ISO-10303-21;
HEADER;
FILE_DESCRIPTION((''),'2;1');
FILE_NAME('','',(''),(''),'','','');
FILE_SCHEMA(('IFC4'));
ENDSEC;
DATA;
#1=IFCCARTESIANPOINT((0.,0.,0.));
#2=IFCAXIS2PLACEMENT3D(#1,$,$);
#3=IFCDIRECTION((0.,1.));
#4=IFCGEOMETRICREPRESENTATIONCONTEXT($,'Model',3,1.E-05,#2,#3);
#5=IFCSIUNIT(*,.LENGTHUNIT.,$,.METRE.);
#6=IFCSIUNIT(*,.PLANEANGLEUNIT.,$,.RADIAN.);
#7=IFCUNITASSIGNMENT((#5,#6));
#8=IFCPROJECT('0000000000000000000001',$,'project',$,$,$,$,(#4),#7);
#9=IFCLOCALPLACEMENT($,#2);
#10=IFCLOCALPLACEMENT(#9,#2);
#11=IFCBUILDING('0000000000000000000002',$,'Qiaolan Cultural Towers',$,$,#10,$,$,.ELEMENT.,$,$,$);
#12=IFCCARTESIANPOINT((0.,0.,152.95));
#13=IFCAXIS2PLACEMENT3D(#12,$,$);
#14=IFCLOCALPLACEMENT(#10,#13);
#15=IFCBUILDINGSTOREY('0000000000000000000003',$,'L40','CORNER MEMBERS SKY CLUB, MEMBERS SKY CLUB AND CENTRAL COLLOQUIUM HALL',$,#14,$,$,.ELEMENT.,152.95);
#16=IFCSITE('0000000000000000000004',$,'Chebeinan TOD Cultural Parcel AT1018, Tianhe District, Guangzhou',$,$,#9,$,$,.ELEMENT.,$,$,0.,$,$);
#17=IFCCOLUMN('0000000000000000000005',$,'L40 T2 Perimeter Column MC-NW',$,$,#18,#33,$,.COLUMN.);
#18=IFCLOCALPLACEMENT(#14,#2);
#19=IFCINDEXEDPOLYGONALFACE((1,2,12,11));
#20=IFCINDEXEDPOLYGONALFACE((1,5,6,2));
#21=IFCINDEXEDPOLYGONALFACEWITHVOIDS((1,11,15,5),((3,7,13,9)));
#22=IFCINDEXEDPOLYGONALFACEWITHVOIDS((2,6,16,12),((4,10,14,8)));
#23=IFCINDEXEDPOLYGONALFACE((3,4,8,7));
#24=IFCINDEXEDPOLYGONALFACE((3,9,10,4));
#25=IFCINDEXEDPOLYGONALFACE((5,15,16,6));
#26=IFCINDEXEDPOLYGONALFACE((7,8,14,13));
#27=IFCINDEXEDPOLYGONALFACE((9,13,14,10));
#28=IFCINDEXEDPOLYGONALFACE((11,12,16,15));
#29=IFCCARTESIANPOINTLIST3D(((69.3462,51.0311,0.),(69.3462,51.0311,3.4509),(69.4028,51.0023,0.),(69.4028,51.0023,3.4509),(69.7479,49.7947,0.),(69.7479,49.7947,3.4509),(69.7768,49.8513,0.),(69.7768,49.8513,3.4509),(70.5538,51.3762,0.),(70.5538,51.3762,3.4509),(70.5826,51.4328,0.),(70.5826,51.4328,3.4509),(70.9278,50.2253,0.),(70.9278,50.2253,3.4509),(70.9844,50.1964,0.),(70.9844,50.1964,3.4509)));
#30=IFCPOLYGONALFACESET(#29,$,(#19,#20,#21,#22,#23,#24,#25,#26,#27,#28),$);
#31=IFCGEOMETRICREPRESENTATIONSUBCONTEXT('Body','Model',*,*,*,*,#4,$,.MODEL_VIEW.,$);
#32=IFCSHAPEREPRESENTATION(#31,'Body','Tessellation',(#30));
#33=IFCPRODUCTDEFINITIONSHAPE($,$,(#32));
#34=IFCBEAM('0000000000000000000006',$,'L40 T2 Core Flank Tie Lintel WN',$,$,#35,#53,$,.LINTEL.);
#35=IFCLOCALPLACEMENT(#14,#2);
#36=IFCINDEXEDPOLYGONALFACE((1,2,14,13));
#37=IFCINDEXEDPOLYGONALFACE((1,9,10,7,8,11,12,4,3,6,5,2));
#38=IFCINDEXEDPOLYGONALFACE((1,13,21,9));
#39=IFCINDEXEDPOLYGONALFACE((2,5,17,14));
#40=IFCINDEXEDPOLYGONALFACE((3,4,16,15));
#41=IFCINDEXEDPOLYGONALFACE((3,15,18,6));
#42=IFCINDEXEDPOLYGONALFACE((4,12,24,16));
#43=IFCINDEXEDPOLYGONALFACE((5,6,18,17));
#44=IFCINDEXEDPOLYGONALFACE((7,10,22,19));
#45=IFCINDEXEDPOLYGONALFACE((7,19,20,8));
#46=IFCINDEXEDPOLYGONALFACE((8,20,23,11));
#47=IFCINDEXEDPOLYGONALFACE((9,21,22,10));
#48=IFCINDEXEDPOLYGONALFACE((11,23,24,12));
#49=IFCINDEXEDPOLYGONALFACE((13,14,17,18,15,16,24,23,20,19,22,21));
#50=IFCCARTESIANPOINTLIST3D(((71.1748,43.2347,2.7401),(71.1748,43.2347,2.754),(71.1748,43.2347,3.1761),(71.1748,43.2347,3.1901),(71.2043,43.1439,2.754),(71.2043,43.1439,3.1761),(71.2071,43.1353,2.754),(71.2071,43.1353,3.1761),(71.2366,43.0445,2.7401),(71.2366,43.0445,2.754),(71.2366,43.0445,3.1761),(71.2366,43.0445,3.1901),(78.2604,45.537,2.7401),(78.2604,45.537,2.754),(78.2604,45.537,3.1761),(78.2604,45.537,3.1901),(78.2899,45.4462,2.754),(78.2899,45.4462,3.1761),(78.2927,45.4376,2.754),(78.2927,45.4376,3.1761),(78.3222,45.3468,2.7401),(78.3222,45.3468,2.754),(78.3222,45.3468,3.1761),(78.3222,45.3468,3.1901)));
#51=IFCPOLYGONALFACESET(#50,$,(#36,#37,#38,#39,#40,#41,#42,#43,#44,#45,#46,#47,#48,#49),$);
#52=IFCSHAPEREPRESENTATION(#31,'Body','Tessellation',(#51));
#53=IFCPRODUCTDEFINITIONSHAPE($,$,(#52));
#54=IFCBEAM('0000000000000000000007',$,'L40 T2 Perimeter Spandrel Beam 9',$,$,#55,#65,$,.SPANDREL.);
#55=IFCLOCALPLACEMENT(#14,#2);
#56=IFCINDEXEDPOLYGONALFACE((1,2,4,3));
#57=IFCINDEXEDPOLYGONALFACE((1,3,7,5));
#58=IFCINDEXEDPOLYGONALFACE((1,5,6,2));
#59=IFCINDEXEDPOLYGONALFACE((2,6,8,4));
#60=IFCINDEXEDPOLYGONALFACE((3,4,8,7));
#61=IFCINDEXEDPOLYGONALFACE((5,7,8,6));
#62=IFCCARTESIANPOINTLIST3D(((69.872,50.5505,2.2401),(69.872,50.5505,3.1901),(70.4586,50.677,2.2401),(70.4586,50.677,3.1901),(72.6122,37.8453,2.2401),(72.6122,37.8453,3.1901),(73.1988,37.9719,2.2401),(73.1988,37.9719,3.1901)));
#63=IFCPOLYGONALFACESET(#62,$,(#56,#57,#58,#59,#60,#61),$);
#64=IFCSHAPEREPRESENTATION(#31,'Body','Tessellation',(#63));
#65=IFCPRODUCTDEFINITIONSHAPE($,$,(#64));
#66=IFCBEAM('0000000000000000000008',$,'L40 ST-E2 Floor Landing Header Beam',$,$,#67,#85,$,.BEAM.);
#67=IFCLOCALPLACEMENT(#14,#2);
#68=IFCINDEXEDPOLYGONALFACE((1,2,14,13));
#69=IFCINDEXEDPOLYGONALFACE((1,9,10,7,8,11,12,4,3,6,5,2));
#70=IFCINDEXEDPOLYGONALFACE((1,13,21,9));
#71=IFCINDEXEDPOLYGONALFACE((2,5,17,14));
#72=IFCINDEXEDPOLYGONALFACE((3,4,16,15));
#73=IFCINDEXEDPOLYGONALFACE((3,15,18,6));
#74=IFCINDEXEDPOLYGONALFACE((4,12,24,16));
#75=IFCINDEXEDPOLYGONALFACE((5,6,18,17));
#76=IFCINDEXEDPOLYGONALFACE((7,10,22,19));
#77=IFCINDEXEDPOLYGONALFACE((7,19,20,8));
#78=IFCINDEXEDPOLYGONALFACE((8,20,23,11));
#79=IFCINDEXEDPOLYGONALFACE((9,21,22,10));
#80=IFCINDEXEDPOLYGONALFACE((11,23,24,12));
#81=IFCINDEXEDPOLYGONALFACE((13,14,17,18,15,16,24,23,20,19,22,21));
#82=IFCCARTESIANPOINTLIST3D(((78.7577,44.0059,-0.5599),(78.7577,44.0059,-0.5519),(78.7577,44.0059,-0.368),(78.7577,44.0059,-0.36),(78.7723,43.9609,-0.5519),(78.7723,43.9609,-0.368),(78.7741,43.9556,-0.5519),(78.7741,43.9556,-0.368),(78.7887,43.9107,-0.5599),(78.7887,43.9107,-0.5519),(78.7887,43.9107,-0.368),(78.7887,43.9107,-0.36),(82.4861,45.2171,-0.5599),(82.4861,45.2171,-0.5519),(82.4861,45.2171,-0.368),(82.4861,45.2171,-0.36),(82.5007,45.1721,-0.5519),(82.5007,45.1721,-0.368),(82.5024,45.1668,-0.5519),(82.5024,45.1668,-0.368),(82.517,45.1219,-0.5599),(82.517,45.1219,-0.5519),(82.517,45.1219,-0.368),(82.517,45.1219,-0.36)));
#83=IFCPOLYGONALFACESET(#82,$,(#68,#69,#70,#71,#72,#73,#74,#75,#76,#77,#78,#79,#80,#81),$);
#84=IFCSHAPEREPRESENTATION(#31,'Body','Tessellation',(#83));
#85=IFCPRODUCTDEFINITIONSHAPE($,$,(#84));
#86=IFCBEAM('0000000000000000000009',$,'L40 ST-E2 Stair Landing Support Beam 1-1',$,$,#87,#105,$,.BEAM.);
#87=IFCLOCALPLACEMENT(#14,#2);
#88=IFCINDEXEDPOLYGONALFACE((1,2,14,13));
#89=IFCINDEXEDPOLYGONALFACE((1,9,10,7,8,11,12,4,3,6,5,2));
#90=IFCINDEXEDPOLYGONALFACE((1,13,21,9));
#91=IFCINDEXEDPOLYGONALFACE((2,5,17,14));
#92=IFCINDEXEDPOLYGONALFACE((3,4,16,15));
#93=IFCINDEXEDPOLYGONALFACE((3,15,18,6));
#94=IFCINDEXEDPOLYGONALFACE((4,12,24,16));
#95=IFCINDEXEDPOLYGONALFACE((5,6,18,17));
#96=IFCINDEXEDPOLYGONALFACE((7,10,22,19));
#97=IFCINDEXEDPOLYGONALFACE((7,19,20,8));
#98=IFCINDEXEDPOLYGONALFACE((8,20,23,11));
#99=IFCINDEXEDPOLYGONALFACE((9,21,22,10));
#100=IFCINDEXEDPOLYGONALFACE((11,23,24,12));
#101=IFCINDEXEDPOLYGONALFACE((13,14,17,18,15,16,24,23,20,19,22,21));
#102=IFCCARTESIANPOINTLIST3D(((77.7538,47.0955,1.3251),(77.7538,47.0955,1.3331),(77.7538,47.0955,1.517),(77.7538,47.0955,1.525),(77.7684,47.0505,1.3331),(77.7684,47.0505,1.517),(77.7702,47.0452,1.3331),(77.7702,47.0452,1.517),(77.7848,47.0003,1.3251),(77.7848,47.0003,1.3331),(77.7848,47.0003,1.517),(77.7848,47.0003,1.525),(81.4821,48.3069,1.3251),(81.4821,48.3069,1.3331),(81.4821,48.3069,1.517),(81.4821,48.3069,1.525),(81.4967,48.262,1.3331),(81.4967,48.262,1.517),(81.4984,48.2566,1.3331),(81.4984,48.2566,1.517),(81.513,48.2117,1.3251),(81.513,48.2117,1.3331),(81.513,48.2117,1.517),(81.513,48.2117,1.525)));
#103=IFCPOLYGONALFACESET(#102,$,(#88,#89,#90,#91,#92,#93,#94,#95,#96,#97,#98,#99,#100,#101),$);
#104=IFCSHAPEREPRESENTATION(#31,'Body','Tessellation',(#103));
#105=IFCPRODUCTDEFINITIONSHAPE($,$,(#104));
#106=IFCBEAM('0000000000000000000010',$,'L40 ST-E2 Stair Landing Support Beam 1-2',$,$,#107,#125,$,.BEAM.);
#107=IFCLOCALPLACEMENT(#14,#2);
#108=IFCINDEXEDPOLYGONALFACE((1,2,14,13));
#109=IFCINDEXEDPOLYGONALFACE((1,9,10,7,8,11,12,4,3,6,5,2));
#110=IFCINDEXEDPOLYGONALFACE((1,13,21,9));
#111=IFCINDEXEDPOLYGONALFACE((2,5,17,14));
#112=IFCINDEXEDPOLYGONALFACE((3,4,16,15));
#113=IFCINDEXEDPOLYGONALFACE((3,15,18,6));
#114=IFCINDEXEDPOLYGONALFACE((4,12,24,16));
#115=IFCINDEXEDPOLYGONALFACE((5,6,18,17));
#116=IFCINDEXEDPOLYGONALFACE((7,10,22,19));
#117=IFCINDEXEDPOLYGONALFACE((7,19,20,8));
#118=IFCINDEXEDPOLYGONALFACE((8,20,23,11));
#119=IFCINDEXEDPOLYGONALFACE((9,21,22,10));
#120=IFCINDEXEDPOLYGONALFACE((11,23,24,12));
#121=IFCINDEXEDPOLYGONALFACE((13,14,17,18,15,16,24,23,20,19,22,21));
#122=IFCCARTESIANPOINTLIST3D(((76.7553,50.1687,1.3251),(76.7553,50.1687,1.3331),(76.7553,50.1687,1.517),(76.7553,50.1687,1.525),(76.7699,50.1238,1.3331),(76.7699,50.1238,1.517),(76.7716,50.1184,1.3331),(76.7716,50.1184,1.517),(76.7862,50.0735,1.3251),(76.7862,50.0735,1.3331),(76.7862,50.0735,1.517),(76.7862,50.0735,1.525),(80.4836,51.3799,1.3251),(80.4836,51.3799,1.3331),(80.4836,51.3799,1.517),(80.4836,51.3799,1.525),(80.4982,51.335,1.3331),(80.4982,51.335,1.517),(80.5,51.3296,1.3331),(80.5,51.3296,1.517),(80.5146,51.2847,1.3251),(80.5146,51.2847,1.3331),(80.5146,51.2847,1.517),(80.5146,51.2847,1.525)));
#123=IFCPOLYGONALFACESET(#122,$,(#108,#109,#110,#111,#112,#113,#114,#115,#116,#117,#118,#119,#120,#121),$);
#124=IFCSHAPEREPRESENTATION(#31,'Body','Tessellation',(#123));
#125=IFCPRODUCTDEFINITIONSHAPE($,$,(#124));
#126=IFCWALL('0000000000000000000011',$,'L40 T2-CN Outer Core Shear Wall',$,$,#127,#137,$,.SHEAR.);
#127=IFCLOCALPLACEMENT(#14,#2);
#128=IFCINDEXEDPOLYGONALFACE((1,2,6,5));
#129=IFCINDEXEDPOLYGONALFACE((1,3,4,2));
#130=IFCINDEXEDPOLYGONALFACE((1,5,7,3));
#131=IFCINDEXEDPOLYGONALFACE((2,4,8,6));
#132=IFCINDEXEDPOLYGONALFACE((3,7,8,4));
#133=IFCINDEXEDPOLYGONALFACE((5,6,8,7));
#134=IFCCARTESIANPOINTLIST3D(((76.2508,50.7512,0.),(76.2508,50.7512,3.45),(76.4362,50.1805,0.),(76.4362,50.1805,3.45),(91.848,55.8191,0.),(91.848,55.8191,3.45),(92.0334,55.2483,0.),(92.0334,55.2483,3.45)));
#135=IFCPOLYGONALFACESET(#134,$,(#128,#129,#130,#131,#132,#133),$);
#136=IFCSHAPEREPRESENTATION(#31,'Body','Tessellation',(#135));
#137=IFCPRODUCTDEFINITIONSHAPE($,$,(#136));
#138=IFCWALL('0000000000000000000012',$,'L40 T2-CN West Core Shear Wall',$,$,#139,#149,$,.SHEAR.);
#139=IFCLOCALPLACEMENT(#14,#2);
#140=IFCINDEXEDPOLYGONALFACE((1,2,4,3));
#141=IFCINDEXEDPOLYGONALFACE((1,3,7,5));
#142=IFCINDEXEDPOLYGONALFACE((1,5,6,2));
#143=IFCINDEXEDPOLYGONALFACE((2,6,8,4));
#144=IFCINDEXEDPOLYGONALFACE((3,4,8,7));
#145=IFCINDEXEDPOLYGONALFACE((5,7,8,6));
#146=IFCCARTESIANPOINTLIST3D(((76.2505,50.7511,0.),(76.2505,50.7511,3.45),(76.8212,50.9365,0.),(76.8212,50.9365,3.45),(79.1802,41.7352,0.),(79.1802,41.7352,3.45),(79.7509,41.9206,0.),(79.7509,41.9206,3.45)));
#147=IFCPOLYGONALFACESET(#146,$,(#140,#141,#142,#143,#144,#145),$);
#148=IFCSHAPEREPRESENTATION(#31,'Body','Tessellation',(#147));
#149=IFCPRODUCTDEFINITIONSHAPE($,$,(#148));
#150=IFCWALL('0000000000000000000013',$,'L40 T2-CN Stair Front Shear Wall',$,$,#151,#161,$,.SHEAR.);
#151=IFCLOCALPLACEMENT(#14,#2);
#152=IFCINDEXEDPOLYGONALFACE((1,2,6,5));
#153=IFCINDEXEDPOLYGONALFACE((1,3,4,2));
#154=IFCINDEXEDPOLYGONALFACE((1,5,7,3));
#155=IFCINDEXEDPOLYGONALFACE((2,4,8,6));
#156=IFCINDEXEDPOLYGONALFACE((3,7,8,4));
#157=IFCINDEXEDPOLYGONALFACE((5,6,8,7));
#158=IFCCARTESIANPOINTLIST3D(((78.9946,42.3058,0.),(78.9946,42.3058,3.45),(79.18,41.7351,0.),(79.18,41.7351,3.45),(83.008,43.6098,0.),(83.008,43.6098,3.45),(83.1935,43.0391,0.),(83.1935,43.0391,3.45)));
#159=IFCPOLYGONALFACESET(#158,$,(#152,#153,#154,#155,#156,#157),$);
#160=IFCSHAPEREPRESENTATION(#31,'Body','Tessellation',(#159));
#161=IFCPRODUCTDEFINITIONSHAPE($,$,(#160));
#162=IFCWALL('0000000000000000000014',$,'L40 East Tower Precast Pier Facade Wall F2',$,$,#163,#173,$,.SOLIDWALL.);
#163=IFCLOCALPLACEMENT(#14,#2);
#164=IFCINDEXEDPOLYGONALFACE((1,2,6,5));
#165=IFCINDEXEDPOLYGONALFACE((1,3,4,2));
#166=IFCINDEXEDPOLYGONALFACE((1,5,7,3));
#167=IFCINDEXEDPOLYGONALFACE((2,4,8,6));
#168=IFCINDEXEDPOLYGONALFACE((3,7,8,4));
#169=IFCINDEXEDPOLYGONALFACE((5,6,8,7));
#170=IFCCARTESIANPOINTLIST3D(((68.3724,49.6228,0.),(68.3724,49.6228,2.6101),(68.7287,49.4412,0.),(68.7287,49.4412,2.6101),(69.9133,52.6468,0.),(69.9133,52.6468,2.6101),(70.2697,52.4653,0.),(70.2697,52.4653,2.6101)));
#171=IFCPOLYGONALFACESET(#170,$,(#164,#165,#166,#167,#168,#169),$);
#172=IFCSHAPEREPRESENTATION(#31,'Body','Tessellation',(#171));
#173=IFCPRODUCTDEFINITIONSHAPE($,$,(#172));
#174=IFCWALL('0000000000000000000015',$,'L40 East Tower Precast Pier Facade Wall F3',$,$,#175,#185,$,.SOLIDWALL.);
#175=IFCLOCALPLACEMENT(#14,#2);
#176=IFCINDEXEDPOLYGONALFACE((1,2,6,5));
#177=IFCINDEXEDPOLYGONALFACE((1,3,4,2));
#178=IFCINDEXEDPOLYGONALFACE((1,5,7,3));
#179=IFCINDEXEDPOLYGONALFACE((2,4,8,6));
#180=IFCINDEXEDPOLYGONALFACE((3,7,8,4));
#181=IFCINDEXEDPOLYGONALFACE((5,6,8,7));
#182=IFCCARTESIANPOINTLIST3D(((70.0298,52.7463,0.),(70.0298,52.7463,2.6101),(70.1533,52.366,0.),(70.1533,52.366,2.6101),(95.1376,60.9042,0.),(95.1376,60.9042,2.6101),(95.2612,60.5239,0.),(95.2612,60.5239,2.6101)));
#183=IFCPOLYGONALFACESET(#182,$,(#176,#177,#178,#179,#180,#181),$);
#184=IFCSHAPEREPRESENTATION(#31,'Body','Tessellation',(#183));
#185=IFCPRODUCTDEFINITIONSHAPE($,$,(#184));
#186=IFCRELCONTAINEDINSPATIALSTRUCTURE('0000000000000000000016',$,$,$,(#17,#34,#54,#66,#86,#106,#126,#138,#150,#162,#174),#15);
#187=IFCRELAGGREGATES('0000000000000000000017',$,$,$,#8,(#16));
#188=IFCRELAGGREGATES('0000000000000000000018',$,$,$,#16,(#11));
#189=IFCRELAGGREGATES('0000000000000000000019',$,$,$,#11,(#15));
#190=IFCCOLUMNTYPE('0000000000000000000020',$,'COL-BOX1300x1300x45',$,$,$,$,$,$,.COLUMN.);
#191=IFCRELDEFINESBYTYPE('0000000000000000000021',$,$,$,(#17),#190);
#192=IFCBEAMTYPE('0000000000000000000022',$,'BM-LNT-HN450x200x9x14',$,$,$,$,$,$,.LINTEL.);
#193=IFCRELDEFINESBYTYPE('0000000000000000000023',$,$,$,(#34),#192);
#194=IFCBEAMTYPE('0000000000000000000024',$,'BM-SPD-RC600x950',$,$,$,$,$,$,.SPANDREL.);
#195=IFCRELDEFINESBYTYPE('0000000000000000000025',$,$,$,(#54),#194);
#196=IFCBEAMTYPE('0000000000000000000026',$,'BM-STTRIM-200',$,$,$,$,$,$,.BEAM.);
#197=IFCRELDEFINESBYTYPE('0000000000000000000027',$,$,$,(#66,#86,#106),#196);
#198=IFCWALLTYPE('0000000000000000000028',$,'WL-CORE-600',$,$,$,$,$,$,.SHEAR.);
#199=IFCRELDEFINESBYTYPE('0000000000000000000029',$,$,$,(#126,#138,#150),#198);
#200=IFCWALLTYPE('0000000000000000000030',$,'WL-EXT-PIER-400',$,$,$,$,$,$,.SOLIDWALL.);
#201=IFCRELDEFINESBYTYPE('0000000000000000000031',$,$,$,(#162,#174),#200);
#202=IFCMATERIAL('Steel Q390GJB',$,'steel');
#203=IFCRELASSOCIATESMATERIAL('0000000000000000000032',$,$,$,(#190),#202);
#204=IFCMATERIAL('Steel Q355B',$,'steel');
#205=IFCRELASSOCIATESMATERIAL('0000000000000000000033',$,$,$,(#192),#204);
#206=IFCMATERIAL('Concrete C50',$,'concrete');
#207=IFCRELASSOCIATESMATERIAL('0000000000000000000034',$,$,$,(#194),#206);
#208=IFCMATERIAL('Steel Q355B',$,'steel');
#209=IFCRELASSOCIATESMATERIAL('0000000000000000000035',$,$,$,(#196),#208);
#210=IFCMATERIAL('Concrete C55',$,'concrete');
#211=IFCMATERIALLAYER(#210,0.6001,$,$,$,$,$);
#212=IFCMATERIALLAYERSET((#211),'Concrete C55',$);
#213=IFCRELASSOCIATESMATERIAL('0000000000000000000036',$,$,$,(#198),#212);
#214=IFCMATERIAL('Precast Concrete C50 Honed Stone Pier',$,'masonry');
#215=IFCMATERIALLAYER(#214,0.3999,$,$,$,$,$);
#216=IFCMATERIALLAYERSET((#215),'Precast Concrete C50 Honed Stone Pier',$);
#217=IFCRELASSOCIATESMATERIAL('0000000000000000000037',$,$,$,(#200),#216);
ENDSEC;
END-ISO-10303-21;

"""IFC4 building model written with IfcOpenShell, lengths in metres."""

from ifc_helpers import new_model, si_unit, direction, frame, frame_2d, origin, origin_2d, place, context, subcontext, project, spatial, rectangle, hollow_rectangle, i_section, extrude, material, layer, layer_set, material_profile, profile_set, type_object, element, save


model = new_model("IFC4")

# Units and contexts
model_context = context("Model", 3, precision=1e-05, world=origin(), true_north=direction((0.0, 1.0)))
body_context = subcontext(model_context, "Body", "Model", "MODEL_VIEW")
ifc_project = project(units=[si_unit("LENGTHUNIT", "METRE"), si_unit("PLANEANGLEUNIT", "RADIAN")], contexts=[model_context])

# Site, building, storey
site_placement = place(None, origin())
site = spatial("IfcSite", under=ifc_project, at=site_placement, Name="Chebeinan TOD Cultural Parcel AT1018, Tianhe District, Guangzhou", CompositionType="ELEMENT", RefElevation=0.0)
building_placement = place(site_placement, origin())
building = spatial("IfcBuilding", under=site, at=building_placement, Name="Qiaolan Cultural Towers", CompositionType="ELEMENT")
storey_placement = place(building_placement, frame((0.0, 0.0, 152.95)))
storey = spatial("IfcBuildingStorey", under=building, at=storey_placement, Name="L40", Description="CORNER MEMBERS SKY CLUB, MEMBERS SKY CLUB AND CENTRAL COLLOQUIUM HALL", CompositionType="ELEMENT", Elevation=152.95)

# Column
ifc_material_1 = material(Name="Steel Q390GJB", Category="steel")
ifc_material_profile_1 = material_profile(ifc_material_1, hollow_rectangle(XDim=1.3, YDim=1.3, WallThickness=0.0449, at=origin_2d()), Name="BOX1300x1300x45")
ifc_profile_set_1 = profile_set([ifc_material_profile_1], Name="Steel Q390GJB")
column_type = type_object("IfcColumnType", Name="COL-BOX1300x1300x45", PredefinedType="COLUMN", material=ifc_profile_set_1)
column_placement = place(storey_placement, frame((70.1653, 50.6138, 0.0), z_axis=(0.0, 0.0, 1.0), x_axis=(0.951057, 0.309017, 0.0)))
element("IfcColumn", 1, at=column_placement, inside=storey, type_object=column_type, Name="L40 T2 Perimeter Column MC-NW", PredefinedType="COLUMN", context=body_context, shape_type="SweptSolid", body=[
    extrude(hollow_rectangle(XDim=1.3, YDim=1.3, WallThickness=0.0449, at=origin_2d()), origin(), (0.0, 0.0, 1.0), 3.4509),
])

# Beams
ifc_material_2 = material(Name="Steel Q355B", Category="steel")
ifc_material_profile_2 = material_profile(ifc_material_2, i_section(OverallWidth=0.2, OverallDepth=0.45, WebThickness=0.009, FlangeThickness=0.0139, at=origin_2d()), Name="HN450x200x9x14")
ifc_profile_set_2 = profile_set([ifc_material_profile_2], Name="Steel Q355B")
beam_type_1 = type_object("IfcBeamType", Name="BM-LNT-HN450x200x9x14", PredefinedType="LINTEL", material=ifc_profile_set_2)
beam_1_placement = place(storey_placement, frame((78.2913, 45.4419, 2.9651), z_axis=(-0.951055, -0.309022, 0.0), x_axis=(0.309022, -0.951055, 0.0)))
element("IfcBeam", 2, at=beam_1_placement, inside=storey, type_object=beam_type_1, Name="L40 T2 Core Flank Tie Lintel WN", PredefinedType="LINTEL", context=body_context, shape_type="SweptSolid", body=[
    extrude(i_section(OverallWidth=0.2, OverallDepth=0.45, WebThickness=0.009, FlangeThickness=0.0139, at=origin_2d()), origin(), (0.0, 0.0, 1.0), 7.4502),
])
ifc_material_3 = material(Name="Concrete C50", Category="concrete")
ifc_material_profile_3 = material_profile(ifc_material_3, rectangle(XDim=0.6001, YDim=0.95, at=origin_2d()), Name="RC600x950")
ifc_profile_set_3 = profile_set([ifc_material_profile_3], Name="Concrete C50")
beam_type_2 = type_object("IfcBeamType", Name="BM-SPD-RC600x950", PredefinedType="SPANDREL", material=ifc_profile_set_3)
beam_2_placement = place(storey_placement, frame((70.1653, 50.6138, 2.7151), z_axis=(0.210832, -0.977522, 0.0), x_axis=(0.977522, 0.210832, 0.0)))
element("IfcBeam", 3, at=beam_2_placement, inside=storey, type_object=beam_type_2, Name="L40 T2 Perimeter Spandrel Beam 9", PredefinedType="SPANDREL", context=body_context, shape_type="SweptSolid", body=[
    extrude(rectangle(XDim=0.6001, YDim=0.95, at=origin_2d()), origin(), (0.0, 0.0, 1.0), 12.9973),
])
ifc_material_4 = material(Name="Steel Q355B", Category="steel")
ifc_material_profile_4 = material_profile(ifc_material_4, i_section(OverallWidth=0.1001, OverallDepth=0.2, WebThickness=0.0056, FlangeThickness=0.0081, at=origin_2d()), Name="HN200x100x5.5x8")
ifc_profile_set_4 = profile_set([ifc_material_profile_4], Name="Steel Q355B")
beam_type_3 = type_object("IfcBeamType", Name="BM-STTRIM-200", PredefinedType="BEAM", material=ifc_profile_set_4)
for number, where, z_axis, x_axis, name in (
    (4, (78.7732, 43.9583, -0.46), (0.951072, 0.308969, 0.0), (-0.308969, 0.951072, 0.0), "L40 ST-E2 Floor Landing Header Beam"),
    (5, (77.7693, 47.0479, 1.425), (0.951054, 0.309026, 0.0), (-0.309026, 0.951054, 0.0), "L40 ST-E2 Stair Landing Support Beam 1-1"),
    (6, (76.7708, 50.1211, 1.425), (0.951072, 0.308969, 0.0), (-0.308969, 0.951072, 0.0), "L40 ST-E2 Stair Landing Support Beam 1-2"),
):
    element("IfcBeam", number, at=place(storey_placement, frame(where, z_axis=z_axis, x_axis=x_axis)), inside=storey, type_object=beam_type_3, Name=name, PredefinedType="BEAM", context=body_context, shape_type="SweptSolid", body=[
        extrude(i_section(OverallWidth=0.1001, OverallDepth=0.2, WebThickness=0.0056, FlangeThickness=0.0081, at=origin_2d()), origin(), (0.0, 0.0, 1.0), 3.9202),
    ])

# Walls
ifc_material_5 = material(Name="Concrete C55", Category="concrete")
ifc_layer_1 = layer(ifc_material_5, 0.6001)
ifc_layer_set_1 = layer_set([ifc_layer_1], Name="Concrete C55")
wall_type_1 = type_object("IfcWallType", Name="WL-CORE-600", PredefinedType="SHEAR", material=ifc_layer_set_1)
wall_1_placement = place(storey_placement, frame((76.3435, 50.4658, 0.0), z_axis=(0.0, 0.0, 1.0), x_axis=(0.951056, 0.309019, 0.0)))
element("IfcWall", 7, at=wall_1_placement, inside=storey, type_object=wall_type_1, Name="L40 T2-CN Outer Core Shear Wall", PredefinedType="SHEAR", context=body_context, shape_type="SweptSolid", body=[
    extrude(rectangle(XDim=16.3999, YDim=0.6001, at=frame_2d((8.2, 0.0))), origin(), (0.0, 0.0, 1.0), 3.45),
])
wall_2_placement = place(storey_placement, frame((79.4656, 41.8279, 0.0), z_axis=(0.0, 0.0, 1.0), x_axis=(-0.309041, 0.951049, 0.0)))
element("IfcWall", 8, at=wall_2_placement, inside=storey, type_object=wall_type_1, Name="L40 T2-CN West Core Shear Wall", PredefinedType="SHEAR", context=body_context, shape_type="SweptSolid", body=[
    extrude(rectangle(XDim=9.48, YDim=0.6001, at=frame_2d((4.74, 0.0))), origin(), (0.0, 0.0, 1.0), 3.45),
])
wall_3_placement = place(storey_placement, frame((79.0874, 42.0205, 0.0), z_axis=(0.0, 0.0, 1.0), x_axis=(0.951063, 0.308998, 0.0)))
element("IfcWall", 9, at=wall_3_placement, inside=storey, type_object=wall_type_1, Name="L40 T2-CN Stair Front Shear Wall", PredefinedType="SHEAR", context=body_context, shape_type="SweptSolid", body=[
    extrude(rectangle(XDim=4.22, YDim=0.6001, at=frame_2d((2.1099, 0.0))), origin(), (0.0, 0.0, 1.0), 3.45),
])
ifc_material_6 = material(Name="Precast Concrete C50 Honed Stone Pier", Category="masonry")
ifc_layer_2 = layer(ifc_material_6, 0.3999)
ifc_layer_set_2 = layer_set([ifc_layer_2], Name="Precast Concrete C50 Honed Stone Pier")
wall_type_2 = type_object("IfcWallType", Name="WL-EXT-PIER-400", PredefinedType="SOLIDWALL", material=ifc_layer_set_2)
wall_4_placement = place(storey_placement, frame((68.5505, 49.532, 0.0), z_axis=(0.0, 0.0, 1.0), x_axis=(0.45402, 0.890992, 0.0)))
element("IfcWall", 10, at=wall_4_placement, inside=storey, type_object=wall_type_2, Name="L40 East Tower Precast Pier Facade Wall F2", PredefinedType="SOLIDWALL", context=body_context, shape_type="SweptSolid", body=[
    extrude(rectangle(XDim=3.394, YDim=0.3999, at=frame_2d((1.697, 0.0))), origin(), (0.0, 0.0, 1.0), 2.6101),
])
wall_5_placement = place(storey_placement, frame((70.0916, 52.5562, 0.0), z_axis=(0.0, 0.0, 1.0), x_axis=(0.951058, 0.309014, 0.0)))
element("IfcWall", 11, at=wall_5_placement, inside=storey, type_object=wall_type_2, Name="L40 East Tower Precast Pier Facade Wall F3", PredefinedType="SOLIDWALL", context=body_context, shape_type="SweptSolid", body=[
    extrude(rectangle(XDim=26.3999, YDim=0.3999, at=frame_2d((13.2, 0.0))), origin(), (0.0, 0.0, 1.0), 2.6101),
])

save(model, "model.ifc")
